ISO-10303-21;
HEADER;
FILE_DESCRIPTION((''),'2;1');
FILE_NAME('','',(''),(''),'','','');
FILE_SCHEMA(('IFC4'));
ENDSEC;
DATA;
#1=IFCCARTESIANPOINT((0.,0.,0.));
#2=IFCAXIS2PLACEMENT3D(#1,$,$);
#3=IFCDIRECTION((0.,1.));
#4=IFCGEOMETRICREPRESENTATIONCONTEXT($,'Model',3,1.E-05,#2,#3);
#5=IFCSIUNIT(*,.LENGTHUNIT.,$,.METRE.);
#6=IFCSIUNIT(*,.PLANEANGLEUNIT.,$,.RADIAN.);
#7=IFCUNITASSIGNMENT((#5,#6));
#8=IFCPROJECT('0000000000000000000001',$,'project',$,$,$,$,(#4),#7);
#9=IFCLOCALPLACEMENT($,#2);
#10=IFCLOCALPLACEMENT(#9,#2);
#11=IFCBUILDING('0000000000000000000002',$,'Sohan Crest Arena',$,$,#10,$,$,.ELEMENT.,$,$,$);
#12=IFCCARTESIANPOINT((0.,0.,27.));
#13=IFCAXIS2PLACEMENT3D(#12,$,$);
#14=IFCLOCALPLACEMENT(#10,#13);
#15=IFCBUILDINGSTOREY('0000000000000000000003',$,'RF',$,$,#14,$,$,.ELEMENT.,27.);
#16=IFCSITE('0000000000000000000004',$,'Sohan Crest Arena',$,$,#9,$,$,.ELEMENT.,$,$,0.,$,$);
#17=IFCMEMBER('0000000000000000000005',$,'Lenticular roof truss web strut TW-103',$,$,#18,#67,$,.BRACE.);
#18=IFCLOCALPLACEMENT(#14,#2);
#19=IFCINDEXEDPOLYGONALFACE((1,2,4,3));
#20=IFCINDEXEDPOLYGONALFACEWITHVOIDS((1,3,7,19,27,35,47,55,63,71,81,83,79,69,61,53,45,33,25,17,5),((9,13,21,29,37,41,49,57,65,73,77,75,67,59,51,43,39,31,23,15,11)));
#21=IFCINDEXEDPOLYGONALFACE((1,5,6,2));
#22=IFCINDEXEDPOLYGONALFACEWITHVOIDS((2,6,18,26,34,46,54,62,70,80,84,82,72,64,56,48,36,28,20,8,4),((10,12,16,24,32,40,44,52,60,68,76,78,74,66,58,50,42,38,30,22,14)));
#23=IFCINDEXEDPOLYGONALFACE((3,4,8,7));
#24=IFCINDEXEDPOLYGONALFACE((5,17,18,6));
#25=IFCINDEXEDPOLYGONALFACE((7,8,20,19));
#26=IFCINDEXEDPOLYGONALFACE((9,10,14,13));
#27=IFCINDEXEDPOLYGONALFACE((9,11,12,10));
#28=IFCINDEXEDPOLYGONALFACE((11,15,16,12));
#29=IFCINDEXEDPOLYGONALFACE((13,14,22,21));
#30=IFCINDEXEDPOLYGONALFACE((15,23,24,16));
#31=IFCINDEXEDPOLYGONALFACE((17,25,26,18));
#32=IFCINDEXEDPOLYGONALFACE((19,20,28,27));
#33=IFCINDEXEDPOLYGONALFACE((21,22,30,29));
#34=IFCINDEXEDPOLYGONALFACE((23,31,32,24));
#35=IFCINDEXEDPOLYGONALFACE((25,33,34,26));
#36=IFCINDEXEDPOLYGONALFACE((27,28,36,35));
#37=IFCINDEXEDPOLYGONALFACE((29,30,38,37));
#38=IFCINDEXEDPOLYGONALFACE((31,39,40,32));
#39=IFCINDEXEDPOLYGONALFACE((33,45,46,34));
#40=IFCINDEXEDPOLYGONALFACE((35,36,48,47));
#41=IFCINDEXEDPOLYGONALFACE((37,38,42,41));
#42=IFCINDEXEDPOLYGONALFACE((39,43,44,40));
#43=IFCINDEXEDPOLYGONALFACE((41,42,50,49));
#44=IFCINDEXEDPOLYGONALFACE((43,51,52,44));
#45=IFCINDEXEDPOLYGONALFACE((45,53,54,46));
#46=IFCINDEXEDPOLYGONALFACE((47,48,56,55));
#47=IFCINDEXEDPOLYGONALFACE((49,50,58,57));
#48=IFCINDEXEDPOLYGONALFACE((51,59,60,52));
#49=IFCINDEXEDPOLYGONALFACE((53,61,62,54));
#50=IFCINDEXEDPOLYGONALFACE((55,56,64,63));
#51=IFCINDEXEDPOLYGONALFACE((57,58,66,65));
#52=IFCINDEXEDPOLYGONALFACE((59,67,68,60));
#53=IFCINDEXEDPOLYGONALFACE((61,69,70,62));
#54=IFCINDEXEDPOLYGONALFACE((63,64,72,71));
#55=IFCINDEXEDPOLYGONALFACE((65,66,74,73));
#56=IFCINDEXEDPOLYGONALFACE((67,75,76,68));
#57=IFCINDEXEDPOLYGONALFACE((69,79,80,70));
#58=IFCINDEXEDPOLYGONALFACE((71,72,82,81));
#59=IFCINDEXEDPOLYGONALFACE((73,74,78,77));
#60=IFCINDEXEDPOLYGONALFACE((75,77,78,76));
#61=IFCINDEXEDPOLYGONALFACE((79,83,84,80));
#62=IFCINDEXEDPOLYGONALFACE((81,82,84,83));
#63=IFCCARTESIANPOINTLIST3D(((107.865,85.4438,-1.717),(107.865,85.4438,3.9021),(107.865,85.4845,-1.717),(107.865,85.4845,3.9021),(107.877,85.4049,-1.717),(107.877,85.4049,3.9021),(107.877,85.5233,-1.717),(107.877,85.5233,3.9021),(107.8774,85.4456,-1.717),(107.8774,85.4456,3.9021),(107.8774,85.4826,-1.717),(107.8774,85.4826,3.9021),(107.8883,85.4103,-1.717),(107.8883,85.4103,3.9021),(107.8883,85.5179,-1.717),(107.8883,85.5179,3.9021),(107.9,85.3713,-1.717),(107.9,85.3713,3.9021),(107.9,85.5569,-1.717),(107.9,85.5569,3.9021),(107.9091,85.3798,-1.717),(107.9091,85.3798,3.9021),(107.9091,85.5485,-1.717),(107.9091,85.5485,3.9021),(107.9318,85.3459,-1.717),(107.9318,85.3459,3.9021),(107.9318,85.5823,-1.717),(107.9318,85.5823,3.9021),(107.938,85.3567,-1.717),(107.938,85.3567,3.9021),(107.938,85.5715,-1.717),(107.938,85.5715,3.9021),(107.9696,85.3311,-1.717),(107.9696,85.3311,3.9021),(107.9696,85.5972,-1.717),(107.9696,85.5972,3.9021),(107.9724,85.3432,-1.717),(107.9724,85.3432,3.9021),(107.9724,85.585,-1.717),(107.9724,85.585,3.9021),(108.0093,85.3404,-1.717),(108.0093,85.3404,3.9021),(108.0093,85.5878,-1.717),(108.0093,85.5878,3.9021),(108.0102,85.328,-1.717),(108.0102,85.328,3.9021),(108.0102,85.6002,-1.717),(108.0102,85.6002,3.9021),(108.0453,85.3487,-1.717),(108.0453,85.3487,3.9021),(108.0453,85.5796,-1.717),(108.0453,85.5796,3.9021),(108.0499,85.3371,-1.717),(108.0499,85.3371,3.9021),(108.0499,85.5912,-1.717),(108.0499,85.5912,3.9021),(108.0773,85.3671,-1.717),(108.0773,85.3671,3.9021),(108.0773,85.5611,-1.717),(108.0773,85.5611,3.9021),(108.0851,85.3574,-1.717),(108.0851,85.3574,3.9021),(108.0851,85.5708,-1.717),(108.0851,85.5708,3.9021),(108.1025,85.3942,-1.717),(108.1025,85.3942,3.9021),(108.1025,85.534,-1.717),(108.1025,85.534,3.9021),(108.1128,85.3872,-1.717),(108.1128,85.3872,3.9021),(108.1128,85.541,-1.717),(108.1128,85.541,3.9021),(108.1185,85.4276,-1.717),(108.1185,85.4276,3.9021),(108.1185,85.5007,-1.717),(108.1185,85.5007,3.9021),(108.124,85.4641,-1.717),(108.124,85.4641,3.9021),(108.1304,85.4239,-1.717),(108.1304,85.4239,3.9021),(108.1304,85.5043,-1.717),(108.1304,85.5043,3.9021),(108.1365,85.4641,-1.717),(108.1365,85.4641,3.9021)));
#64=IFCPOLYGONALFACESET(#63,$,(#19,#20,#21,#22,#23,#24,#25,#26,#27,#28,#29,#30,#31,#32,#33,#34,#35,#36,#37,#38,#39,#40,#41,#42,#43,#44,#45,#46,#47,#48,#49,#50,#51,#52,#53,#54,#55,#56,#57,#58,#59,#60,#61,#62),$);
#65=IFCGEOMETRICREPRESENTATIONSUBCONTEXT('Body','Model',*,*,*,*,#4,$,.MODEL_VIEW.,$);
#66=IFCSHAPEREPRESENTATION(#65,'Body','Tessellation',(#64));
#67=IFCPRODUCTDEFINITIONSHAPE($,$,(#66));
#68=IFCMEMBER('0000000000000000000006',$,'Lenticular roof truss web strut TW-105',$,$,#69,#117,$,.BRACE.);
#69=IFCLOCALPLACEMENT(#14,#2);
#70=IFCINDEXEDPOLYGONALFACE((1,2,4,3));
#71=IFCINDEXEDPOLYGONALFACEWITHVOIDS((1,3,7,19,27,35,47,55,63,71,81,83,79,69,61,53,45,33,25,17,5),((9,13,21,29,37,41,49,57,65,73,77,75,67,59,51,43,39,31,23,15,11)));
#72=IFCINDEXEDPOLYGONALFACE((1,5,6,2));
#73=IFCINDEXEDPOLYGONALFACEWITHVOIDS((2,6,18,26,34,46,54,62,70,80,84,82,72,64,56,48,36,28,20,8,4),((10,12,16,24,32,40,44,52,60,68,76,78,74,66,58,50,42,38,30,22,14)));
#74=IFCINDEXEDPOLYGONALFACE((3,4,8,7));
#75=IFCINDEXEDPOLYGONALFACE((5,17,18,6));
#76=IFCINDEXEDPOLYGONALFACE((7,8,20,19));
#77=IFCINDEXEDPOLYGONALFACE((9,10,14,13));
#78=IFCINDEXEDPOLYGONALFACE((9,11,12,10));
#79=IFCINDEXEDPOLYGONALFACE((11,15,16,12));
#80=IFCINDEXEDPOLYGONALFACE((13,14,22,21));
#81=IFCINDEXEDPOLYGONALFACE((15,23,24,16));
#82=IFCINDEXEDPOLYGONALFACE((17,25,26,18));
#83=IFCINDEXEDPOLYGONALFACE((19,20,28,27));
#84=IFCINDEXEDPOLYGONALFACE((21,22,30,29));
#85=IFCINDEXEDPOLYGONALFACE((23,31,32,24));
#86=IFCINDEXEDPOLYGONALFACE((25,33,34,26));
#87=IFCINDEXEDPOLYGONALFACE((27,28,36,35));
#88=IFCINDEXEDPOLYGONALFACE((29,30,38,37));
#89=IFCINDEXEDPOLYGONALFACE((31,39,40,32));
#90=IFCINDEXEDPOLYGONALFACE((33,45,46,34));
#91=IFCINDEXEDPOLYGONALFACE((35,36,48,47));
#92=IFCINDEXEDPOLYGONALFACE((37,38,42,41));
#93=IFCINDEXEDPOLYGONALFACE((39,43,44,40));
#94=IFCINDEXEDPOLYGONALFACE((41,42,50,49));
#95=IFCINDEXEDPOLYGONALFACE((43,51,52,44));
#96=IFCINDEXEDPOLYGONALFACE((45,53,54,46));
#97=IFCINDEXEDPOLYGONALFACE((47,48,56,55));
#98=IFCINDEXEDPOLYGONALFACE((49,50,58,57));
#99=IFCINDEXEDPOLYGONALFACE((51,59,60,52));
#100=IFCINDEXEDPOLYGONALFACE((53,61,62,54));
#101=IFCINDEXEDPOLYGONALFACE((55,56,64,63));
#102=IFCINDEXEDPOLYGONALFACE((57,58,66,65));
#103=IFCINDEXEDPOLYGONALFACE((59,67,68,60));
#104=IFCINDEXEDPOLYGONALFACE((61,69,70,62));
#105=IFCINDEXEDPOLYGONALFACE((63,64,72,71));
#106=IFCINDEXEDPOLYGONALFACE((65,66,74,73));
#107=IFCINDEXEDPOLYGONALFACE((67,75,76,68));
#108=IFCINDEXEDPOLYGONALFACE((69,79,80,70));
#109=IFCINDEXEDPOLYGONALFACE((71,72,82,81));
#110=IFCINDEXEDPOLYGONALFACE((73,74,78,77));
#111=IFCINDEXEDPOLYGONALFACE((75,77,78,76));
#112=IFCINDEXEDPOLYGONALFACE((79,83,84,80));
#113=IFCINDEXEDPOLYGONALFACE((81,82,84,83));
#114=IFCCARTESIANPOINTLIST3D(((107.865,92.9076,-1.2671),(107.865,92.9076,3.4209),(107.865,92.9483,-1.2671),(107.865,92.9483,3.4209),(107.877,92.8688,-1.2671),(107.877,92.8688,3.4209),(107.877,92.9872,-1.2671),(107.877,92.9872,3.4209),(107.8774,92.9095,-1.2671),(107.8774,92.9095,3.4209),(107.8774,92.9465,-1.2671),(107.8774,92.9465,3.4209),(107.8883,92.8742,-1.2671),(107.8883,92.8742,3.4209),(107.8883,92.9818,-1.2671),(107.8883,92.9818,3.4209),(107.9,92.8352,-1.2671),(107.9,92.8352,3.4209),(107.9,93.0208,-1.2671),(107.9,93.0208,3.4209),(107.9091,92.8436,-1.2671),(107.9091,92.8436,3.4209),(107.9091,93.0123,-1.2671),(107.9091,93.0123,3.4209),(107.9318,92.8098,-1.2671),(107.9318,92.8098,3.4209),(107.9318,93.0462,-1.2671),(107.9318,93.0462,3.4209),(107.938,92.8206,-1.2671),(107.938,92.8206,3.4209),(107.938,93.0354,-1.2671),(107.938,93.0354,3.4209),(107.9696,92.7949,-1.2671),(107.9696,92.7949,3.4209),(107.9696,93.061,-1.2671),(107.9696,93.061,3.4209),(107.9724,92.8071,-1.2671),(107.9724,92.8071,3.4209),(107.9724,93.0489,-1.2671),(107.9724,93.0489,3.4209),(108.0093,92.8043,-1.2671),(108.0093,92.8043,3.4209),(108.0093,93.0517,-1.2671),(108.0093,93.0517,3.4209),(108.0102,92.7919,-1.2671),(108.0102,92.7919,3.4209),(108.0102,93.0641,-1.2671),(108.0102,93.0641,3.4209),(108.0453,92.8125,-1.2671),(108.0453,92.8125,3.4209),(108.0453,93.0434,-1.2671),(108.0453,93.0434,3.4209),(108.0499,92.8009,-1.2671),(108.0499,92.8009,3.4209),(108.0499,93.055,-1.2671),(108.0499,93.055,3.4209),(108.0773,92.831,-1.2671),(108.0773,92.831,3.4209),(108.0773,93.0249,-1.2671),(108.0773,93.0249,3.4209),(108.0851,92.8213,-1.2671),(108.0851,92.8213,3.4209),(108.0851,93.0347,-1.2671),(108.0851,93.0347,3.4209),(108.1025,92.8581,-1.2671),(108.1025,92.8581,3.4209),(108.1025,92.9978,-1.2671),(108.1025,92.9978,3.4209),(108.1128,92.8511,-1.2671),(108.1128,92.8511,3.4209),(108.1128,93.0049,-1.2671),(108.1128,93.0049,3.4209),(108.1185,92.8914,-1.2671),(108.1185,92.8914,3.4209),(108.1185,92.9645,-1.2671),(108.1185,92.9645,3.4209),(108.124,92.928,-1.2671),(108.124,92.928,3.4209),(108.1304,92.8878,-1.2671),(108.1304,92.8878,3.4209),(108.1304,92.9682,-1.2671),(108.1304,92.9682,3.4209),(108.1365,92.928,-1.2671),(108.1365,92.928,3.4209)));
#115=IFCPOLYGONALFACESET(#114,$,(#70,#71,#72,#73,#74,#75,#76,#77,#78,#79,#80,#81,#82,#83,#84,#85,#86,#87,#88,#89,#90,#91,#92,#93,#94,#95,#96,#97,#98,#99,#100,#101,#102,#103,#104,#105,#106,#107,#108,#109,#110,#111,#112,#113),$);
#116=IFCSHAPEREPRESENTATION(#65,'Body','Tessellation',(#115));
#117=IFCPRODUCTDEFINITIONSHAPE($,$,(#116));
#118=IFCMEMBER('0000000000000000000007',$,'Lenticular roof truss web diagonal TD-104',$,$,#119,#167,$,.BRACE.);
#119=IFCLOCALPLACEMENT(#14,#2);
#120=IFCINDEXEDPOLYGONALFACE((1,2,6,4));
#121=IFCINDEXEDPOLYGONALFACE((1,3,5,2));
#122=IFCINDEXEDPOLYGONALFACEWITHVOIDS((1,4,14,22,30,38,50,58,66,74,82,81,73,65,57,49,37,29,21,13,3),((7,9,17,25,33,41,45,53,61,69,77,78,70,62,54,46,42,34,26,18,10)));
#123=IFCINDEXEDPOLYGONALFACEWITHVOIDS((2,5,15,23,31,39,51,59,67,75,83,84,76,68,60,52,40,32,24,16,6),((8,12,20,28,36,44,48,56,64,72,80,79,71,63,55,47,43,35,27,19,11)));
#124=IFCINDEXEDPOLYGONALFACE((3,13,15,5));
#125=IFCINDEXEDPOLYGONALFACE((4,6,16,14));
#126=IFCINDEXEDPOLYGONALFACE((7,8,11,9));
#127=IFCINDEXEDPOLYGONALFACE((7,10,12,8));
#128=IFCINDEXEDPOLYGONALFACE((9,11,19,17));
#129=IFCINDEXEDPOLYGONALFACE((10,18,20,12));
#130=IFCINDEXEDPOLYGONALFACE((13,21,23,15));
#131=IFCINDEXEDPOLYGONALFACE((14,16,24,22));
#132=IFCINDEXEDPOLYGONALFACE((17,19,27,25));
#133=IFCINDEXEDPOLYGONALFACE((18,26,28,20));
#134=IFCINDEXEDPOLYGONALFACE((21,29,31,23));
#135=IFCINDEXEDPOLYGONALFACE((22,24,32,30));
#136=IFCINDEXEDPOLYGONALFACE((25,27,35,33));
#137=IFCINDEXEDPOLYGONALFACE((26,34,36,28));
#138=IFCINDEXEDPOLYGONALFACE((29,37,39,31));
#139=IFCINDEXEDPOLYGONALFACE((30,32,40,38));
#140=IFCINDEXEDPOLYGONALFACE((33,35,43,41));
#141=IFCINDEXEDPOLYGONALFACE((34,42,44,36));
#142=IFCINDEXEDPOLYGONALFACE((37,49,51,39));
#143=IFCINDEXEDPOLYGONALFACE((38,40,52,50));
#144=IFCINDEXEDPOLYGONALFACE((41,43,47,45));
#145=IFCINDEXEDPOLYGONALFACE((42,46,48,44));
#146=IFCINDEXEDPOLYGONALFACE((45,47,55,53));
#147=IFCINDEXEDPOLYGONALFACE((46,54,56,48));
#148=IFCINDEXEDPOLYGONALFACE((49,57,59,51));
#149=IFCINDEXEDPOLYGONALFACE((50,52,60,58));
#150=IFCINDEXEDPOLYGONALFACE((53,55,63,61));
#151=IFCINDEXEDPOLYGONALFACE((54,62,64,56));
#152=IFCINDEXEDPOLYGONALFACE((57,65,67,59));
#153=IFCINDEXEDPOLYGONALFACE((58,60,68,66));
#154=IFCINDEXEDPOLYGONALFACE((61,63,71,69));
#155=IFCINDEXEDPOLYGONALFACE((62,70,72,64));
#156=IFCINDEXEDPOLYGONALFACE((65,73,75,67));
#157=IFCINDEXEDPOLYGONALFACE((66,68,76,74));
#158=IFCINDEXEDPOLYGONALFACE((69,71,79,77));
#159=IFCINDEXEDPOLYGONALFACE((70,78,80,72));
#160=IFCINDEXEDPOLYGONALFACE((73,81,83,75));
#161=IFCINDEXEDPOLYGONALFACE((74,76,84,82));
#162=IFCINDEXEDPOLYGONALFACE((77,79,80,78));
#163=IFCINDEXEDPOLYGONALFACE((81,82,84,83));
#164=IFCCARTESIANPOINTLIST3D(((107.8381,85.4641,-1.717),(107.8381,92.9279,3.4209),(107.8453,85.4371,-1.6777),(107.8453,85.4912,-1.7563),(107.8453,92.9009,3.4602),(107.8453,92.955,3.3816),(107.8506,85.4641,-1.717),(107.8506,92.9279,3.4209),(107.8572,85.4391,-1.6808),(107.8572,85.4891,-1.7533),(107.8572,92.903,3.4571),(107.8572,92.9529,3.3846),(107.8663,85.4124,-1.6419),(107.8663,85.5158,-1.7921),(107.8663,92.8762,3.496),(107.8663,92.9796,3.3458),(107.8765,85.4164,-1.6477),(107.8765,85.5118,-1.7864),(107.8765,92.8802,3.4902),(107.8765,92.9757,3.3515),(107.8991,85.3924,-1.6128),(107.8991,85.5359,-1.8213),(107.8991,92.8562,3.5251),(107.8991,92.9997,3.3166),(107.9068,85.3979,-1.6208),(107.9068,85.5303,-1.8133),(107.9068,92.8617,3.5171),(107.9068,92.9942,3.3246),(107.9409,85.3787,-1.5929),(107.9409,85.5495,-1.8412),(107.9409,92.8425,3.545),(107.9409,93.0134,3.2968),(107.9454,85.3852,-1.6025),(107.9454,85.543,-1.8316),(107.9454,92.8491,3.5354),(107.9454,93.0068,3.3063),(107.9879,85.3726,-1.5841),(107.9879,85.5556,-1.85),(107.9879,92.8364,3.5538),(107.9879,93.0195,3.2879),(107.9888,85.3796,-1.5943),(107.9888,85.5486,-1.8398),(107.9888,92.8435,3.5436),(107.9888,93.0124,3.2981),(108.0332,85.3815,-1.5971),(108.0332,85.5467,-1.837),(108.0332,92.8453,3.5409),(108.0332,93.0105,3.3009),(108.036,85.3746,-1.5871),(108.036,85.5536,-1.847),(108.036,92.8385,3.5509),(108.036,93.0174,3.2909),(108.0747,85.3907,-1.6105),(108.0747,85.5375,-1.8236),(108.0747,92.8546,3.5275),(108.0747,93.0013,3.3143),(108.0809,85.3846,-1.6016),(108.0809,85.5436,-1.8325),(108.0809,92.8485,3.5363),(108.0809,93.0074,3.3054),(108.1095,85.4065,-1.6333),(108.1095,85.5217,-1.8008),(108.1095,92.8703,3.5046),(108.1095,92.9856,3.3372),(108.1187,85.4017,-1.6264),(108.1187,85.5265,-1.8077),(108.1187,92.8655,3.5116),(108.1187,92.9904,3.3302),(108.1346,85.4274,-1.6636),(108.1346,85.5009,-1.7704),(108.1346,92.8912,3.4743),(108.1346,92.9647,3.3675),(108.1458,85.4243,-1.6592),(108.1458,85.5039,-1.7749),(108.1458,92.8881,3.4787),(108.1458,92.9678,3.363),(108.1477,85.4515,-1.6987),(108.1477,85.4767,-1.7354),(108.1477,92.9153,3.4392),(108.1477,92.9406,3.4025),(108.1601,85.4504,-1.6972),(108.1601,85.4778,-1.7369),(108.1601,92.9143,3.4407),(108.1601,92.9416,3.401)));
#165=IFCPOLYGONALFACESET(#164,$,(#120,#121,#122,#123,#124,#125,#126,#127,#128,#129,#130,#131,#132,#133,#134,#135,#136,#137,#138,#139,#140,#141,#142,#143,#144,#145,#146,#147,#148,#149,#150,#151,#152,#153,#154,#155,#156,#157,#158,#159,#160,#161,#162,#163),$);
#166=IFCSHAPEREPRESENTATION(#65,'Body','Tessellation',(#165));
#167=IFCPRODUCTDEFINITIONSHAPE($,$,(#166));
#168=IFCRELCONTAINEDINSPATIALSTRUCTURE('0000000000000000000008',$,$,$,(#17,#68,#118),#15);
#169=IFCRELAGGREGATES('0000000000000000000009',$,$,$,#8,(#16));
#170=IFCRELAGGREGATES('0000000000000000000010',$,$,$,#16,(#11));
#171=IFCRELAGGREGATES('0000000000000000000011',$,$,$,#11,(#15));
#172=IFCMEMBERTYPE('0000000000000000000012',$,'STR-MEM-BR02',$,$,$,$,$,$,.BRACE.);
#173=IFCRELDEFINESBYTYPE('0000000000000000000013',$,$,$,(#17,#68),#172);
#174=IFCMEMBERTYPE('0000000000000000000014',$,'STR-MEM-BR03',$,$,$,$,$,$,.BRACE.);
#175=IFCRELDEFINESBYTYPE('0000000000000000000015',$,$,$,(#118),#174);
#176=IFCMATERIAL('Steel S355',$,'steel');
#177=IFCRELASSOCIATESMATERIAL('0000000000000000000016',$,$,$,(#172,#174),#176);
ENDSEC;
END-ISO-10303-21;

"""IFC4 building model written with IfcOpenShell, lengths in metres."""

from ifc_helpers import new_model, si_unit, direction, frame, origin, origin_2d, place, context, subcontext, project, spatial, hollow_circle, extrude, material, material_profile, profile_set, type_object, element, save


model = new_model("IFC4")

# Units and contexts
model_context = context("Model", 3, precision=1e-05, world=origin(), true_north=direction((0.0, 1.0)))
body_context = subcontext(model_context, "Body", "Model", "MODEL_VIEW")
ifc_project = project(units=[si_unit("LENGTHUNIT", "METRE"), si_unit("PLANEANGLEUNIT", "RADIAN")], contexts=[model_context])

# Site, building, storey
site_placement = place(None, origin())
site = spatial("IfcSite", under=ifc_project, at=site_placement, Name="Sohan Crest Arena", CompositionType="ELEMENT", RefElevation=0.0)
building_placement = place(site_placement, origin())
building = spatial("IfcBuilding", under=site, at=building_placement, Name="Sohan Crest Arena", CompositionType="ELEMENT")
storey_placement = place(building_placement, frame((0.0, 0.0, 27.0)))
storey = spatial("IfcBuildingStorey", under=building, at=storey_placement, Name="RF", CompositionType="ELEMENT", Elevation=27.0)

# Shared definitions
ifc_material_1 = material(Name="Steel S355", Category="steel")

# Members
ifc_material_profile_1 = material_profile(ifc_material_1, hollow_circle(Radius=0.1365, WallThickness=0.0125, at=origin_2d()), Name="CHS 273x12.5")
ifc_profile_set_1 = profile_set([ifc_material_profile_1], Name="Steel S355")
member_type_1 = type_object("IfcMemberType", Name="STR-MEM-BR02", PredefinedType="BRACE", material=ifc_profile_set_1)
member_1_placement = place(storey_placement, frame((108.0, 85.4641, -1.717), z_axis=(0.0, 0.0, 1.0), x_axis=(1.0, 0.0, 0.0)))
element("IfcMember", 1, at=member_1_placement, inside=storey, type_object=member_type_1, Name="Lenticular roof truss web strut TW-103", PredefinedType="BRACE", context=body_context, shape_type="SweptSolid", body=[
    extrude(hollow_circle(Radius=0.1365, WallThickness=0.0125, at=origin_2d()), origin(), (0.0, 0.0, 1.0), 5.6191),
])
member_2_placement = place(storey_placement, frame((108.0, 92.928, -1.2671), z_axis=(0.0, 0.0, 1.0), x_axis=(1.0, 0.0, 0.0)))
element("IfcMember", 2, at=member_2_placement, inside=storey, type_object=member_type_1, Name="Lenticular roof truss web strut TW-105", PredefinedType="BRACE", context=body_context, shape_type="SweptSolid", body=[
    extrude(hollow_circle(Radius=0.1365, WallThickness=0.0125, at=origin_2d()), origin(), (0.0, 0.0, 1.0), 4.688),
])
ifc_material_profile_2 = material_profile(ifc_material_1, hollow_circle(Radius=0.1619, WallThickness=0.0125, at=origin_2d()), Name="CHS 323.9x12.5")
ifc_profile_set_2 = profile_set([ifc_material_profile_2], Name="Steel S355")
member_type_2 = type_object("IfcMemberType", Name="STR-MEM-BR03", PredefinedType="BRACE", material=ifc_profile_set_2)
member_3_placement = place(storey_placement, frame((108.0, 85.4641, -1.717), z_axis=(0.0, 0.823705, 0.567018), x_axis=(-1.0, 0.0, 0.0)))
element("IfcMember", 3, at=member_3_placement, inside=storey, type_object=member_type_2, Name="Lenticular roof truss web diagonal TD-104", PredefinedType="BRACE", context=body_context, shape_type="SweptSolid", body=[
    extrude(hollow_circle(Radius=0.1619, WallThickness=0.0125, at=origin_2d()), origin(), (0.0, 0.0, 1.0), 9.0613),
])

save(model, "model.ifc")
